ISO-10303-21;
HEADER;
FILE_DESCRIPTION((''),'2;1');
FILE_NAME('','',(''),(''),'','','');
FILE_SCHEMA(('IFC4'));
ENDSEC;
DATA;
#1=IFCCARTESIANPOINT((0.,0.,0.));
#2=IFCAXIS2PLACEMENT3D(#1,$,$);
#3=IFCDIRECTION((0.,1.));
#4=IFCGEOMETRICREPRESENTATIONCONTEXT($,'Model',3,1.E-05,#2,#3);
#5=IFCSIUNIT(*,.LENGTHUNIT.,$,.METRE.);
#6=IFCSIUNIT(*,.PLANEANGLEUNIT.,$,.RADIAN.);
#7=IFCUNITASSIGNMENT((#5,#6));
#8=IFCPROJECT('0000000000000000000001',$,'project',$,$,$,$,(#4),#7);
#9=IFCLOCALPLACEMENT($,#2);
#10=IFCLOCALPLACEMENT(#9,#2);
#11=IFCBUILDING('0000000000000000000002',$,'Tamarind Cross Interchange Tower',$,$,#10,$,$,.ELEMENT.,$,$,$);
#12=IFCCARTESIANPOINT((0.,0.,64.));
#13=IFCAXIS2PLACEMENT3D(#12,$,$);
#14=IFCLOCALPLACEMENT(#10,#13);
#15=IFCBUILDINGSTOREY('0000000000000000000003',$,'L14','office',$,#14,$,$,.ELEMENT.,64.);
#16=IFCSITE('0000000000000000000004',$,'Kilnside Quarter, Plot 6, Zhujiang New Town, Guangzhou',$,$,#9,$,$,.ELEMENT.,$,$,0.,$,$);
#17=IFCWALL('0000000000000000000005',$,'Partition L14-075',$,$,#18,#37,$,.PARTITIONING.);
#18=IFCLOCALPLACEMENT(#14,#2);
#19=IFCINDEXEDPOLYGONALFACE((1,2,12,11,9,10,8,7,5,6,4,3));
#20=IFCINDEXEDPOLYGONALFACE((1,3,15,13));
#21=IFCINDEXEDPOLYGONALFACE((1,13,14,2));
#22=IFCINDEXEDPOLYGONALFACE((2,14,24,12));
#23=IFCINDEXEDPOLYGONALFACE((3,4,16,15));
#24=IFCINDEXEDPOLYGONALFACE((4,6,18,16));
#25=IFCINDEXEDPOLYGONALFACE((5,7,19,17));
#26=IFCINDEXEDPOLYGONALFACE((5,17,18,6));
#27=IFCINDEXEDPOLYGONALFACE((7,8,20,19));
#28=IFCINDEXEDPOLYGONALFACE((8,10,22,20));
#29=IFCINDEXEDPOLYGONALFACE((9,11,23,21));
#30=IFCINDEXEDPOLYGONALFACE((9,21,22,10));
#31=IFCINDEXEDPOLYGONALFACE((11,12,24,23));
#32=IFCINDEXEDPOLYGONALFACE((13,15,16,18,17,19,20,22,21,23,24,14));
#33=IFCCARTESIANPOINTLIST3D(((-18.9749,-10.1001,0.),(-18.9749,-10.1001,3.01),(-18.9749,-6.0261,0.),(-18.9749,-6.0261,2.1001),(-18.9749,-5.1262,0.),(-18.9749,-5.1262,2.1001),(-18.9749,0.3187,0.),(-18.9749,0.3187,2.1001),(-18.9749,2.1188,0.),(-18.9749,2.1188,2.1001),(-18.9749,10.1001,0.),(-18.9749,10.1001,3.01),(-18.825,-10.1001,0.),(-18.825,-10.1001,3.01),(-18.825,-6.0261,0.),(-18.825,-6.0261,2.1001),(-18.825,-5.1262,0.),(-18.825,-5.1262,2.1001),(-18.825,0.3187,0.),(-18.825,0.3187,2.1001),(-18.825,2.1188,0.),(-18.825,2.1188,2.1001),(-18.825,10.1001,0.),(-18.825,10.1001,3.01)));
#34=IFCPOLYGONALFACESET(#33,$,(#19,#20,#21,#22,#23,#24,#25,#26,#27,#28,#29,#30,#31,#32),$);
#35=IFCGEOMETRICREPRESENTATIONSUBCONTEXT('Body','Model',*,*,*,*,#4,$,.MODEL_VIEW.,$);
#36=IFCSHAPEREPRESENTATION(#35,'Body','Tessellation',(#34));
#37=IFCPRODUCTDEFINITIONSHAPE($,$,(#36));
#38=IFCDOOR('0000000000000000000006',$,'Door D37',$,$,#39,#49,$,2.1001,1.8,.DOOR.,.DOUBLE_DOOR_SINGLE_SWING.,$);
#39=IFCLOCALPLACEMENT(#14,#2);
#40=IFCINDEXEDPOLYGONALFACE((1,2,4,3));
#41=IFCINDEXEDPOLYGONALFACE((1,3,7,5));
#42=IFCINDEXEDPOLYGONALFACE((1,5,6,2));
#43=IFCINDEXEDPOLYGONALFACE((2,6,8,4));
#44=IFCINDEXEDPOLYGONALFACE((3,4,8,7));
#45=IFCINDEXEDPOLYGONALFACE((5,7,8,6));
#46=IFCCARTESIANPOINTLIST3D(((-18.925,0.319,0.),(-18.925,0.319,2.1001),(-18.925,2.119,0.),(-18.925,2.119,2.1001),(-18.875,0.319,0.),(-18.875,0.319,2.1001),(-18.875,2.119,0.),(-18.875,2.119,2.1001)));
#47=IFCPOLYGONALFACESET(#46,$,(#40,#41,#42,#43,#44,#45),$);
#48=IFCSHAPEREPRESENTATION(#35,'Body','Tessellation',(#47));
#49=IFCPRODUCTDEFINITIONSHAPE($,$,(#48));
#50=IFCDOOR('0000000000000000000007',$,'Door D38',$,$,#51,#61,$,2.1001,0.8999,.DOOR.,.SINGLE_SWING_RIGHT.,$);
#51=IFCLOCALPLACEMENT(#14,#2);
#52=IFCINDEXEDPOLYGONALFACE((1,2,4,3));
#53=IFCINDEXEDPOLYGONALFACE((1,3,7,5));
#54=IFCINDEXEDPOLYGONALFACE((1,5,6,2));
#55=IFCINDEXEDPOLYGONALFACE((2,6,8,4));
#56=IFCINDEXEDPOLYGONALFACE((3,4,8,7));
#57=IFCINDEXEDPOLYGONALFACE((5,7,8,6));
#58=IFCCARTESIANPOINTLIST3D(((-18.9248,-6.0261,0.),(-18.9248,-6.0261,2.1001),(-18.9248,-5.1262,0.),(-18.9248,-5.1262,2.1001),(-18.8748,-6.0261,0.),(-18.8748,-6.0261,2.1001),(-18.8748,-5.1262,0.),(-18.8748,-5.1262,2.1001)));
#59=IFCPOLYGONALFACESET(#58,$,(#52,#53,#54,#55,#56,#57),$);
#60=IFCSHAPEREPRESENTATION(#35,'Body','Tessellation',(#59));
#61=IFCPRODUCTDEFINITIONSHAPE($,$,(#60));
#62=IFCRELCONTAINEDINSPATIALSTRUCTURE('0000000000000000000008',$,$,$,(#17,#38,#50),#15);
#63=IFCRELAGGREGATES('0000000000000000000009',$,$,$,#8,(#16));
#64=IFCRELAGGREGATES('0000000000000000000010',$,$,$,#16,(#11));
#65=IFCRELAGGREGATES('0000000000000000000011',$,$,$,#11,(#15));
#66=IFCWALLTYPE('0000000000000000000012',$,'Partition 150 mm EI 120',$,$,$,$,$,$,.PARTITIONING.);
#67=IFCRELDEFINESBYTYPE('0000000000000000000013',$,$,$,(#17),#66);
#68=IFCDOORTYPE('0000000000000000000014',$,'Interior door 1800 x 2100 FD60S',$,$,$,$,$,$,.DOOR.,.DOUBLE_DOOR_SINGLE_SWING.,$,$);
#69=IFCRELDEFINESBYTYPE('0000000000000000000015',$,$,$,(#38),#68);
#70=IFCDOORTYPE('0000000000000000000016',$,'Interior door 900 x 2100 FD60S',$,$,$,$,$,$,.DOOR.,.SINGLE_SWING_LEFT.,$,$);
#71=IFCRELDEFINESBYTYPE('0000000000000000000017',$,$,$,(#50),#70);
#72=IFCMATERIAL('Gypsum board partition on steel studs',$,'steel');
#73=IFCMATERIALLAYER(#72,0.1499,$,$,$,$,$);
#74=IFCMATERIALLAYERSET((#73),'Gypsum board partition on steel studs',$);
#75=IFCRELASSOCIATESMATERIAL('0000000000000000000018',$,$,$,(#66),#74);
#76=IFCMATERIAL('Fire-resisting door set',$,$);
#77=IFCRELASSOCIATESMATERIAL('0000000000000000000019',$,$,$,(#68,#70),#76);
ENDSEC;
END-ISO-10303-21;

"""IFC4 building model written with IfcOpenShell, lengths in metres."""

from ifc_helpers import new_model, si_unit, direction, frame, frame_2d, origin, place, context, subcontext, project, spatial, rectangle, extrude, material, layer, layer_set, type_object, element, fill, save


model = new_model("IFC4")

# Units and contexts
model_context = context("Model", 3, precision=1e-05, world=origin(), true_north=direction((0.0, 1.0)))
body_context = subcontext(model_context, "Body", "Model", "MODEL_VIEW")
ifc_project = project(units=[si_unit("LENGTHUNIT", "METRE"), si_unit("PLANEANGLEUNIT", "RADIAN")], contexts=[model_context])

# Site, building, storey
site_placement = place(None, origin())
site = spatial("IfcSite", under=ifc_project, at=site_placement, Name="Kilnside Quarter, Plot 6, Zhujiang New Town, Guangzhou", CompositionType="ELEMENT", RefElevation=0.0)
building_placement = place(site_placement, origin())
building = spatial("IfcBuilding", under=site, at=building_placement, Name="Tamarind Cross Interchange Tower", CompositionType="ELEMENT")
storey_placement = place(building_placement, frame((0.0, 0.0, 64.0)))
storey = spatial("IfcBuildingStorey", under=building, at=storey_placement, Name="L14", Description="office", CompositionType="ELEMENT", Elevation=64.0)

# Shared definitions
ifc_material_1 = material(Name="Gypsum board partition on steel studs", Category="steel")
ifc_layer_1 = layer(ifc_material_1, 0.1499)
ifc_layer_set_1 = layer_set([ifc_layer_1], Name="Gypsum board partition on steel studs")
wall_type_1 = type_object("IfcWallType", Name="Partition 150 mm EI 120", PredefinedType="PARTITIONING", material=ifc_layer_set_1)

# Wall, openings, doors
ifc_material_2 = material(Name="Fire-resisting door set")
door_type_1 = type_object("IfcDoorType", Name="Interior door 1800 x 2100 FD60S", OperationType="DOUBLE_DOOR_SINGLE_SWING", PredefinedType="DOOR", material=ifc_material_2)
wall_1_placement = place(storey_placement, frame((-18.8999, -10.1001, 0.0), z_axis=(0.0, 0.0, 1.0), x_axis=(0.0, 1.0, 0.0)))
wall_1 = element("IfcWall", 1, at=wall_1_placement, inside=storey, type_object=wall_type_1, Name="Partition L14-075", PredefinedType="PARTITIONING", context=body_context, shape_type="SweptSolid", body=[
    extrude(rectangle(XDim=20.2002, YDim=0.1499, at=frame_2d((10.1001, 0.0))), origin(), (0.0, 0.0, 1.0), 3.01),
])
opening_1_placement = place(wall_1_placement, frame((10.4189, 0.0, 0.0)))
opening_1 = element("IfcOpeningElement", 2, at=opening_1_placement, cuts=wall_1, PredefinedType="OPENING", context=body_context, shape_type="SweptSolid", body=[
    extrude(rectangle(XDim=1.8, YDim=2.1001, at=frame_2d((0.8999, 1.05))), frame((0.0, 0.085, 0.0), z_axis=(0.0, -1.0, 0.0), x_axis=(1.0, 0.0, 0.0)), (0.0, 0.0, 1.0), 0.1699),
])
opening_2_placement = place(wall_1_placement, frame((4.074, 0.0, 0.0)))
opening_2 = element("IfcOpeningElement", 3, at=opening_2_placement, cuts=wall_1, PredefinedType="OPENING", context=body_context, shape_type="SweptSolid", body=[
    extrude(rectangle(XDim=0.8999, YDim=2.1001, at=frame_2d((0.45, 1.05))), frame((0.0, 0.085, 0.0), z_axis=(0.0, -1.0, 0.0), x_axis=(1.0, 0.0, 0.0)), (0.0, 0.0, 1.0), 0.1699),
])
door_1_placement = place(opening_1_placement, frame((1.8, 0.0, 0.0), z_axis=(0.0, 0.0, 1.0), x_axis=(-1.0, 0.0, 0.0)))
door_1 = element("IfcDoor", 4, at=door_1_placement, inside=storey, type_object=door_type_1, Name="Door D37", OperationType="DOUBLE_DOOR_SINGLE_SWING", OverallHeight=2.1001, OverallWidth=1.8, PredefinedType="DOOR", context=body_context, shape_type="SweptSolid", body=[
    extrude(rectangle(XDim=1.8, YDim=2.1001, at=frame_2d((0.8999, 1.05))), frame((0.0, 0.0249, 0.0), z_axis=(0.0, -1.0, 0.0), x_axis=(1.0, 0.0, 0.0)), (0.0, 0.0, 1.0), 0.05),
])
fill(opening_1, door_1)
door_type_2 = type_object("IfcDoorType", Name="Interior door 900 x 2100 FD60S", OperationType="SINGLE_SWING_LEFT", PredefinedType="DOOR", material=ifc_material_2)
door_2_placement = place(opening_2_placement, origin())
door_2 = element("IfcDoor", 5, at=door_2_placement, inside=storey, type_object=door_type_2, Name="Door D38", OperationType="SINGLE_SWING_RIGHT", OverallHeight=2.1001, OverallWidth=0.8999, PredefinedType="DOOR", context=body_context, shape_type="SweptSolid", body=[
    extrude(rectangle(XDim=0.8999, YDim=2.1001, at=frame_2d((0.45, 1.05))), frame((0.0, 0.0249, 0.0), z_axis=(0.0, -1.0, 0.0), x_axis=(1.0, 0.0, 0.0)), (0.0, 0.0, 1.0), 0.05),
])
fill(opening_2, door_2)

save(model, "model.ifc")
